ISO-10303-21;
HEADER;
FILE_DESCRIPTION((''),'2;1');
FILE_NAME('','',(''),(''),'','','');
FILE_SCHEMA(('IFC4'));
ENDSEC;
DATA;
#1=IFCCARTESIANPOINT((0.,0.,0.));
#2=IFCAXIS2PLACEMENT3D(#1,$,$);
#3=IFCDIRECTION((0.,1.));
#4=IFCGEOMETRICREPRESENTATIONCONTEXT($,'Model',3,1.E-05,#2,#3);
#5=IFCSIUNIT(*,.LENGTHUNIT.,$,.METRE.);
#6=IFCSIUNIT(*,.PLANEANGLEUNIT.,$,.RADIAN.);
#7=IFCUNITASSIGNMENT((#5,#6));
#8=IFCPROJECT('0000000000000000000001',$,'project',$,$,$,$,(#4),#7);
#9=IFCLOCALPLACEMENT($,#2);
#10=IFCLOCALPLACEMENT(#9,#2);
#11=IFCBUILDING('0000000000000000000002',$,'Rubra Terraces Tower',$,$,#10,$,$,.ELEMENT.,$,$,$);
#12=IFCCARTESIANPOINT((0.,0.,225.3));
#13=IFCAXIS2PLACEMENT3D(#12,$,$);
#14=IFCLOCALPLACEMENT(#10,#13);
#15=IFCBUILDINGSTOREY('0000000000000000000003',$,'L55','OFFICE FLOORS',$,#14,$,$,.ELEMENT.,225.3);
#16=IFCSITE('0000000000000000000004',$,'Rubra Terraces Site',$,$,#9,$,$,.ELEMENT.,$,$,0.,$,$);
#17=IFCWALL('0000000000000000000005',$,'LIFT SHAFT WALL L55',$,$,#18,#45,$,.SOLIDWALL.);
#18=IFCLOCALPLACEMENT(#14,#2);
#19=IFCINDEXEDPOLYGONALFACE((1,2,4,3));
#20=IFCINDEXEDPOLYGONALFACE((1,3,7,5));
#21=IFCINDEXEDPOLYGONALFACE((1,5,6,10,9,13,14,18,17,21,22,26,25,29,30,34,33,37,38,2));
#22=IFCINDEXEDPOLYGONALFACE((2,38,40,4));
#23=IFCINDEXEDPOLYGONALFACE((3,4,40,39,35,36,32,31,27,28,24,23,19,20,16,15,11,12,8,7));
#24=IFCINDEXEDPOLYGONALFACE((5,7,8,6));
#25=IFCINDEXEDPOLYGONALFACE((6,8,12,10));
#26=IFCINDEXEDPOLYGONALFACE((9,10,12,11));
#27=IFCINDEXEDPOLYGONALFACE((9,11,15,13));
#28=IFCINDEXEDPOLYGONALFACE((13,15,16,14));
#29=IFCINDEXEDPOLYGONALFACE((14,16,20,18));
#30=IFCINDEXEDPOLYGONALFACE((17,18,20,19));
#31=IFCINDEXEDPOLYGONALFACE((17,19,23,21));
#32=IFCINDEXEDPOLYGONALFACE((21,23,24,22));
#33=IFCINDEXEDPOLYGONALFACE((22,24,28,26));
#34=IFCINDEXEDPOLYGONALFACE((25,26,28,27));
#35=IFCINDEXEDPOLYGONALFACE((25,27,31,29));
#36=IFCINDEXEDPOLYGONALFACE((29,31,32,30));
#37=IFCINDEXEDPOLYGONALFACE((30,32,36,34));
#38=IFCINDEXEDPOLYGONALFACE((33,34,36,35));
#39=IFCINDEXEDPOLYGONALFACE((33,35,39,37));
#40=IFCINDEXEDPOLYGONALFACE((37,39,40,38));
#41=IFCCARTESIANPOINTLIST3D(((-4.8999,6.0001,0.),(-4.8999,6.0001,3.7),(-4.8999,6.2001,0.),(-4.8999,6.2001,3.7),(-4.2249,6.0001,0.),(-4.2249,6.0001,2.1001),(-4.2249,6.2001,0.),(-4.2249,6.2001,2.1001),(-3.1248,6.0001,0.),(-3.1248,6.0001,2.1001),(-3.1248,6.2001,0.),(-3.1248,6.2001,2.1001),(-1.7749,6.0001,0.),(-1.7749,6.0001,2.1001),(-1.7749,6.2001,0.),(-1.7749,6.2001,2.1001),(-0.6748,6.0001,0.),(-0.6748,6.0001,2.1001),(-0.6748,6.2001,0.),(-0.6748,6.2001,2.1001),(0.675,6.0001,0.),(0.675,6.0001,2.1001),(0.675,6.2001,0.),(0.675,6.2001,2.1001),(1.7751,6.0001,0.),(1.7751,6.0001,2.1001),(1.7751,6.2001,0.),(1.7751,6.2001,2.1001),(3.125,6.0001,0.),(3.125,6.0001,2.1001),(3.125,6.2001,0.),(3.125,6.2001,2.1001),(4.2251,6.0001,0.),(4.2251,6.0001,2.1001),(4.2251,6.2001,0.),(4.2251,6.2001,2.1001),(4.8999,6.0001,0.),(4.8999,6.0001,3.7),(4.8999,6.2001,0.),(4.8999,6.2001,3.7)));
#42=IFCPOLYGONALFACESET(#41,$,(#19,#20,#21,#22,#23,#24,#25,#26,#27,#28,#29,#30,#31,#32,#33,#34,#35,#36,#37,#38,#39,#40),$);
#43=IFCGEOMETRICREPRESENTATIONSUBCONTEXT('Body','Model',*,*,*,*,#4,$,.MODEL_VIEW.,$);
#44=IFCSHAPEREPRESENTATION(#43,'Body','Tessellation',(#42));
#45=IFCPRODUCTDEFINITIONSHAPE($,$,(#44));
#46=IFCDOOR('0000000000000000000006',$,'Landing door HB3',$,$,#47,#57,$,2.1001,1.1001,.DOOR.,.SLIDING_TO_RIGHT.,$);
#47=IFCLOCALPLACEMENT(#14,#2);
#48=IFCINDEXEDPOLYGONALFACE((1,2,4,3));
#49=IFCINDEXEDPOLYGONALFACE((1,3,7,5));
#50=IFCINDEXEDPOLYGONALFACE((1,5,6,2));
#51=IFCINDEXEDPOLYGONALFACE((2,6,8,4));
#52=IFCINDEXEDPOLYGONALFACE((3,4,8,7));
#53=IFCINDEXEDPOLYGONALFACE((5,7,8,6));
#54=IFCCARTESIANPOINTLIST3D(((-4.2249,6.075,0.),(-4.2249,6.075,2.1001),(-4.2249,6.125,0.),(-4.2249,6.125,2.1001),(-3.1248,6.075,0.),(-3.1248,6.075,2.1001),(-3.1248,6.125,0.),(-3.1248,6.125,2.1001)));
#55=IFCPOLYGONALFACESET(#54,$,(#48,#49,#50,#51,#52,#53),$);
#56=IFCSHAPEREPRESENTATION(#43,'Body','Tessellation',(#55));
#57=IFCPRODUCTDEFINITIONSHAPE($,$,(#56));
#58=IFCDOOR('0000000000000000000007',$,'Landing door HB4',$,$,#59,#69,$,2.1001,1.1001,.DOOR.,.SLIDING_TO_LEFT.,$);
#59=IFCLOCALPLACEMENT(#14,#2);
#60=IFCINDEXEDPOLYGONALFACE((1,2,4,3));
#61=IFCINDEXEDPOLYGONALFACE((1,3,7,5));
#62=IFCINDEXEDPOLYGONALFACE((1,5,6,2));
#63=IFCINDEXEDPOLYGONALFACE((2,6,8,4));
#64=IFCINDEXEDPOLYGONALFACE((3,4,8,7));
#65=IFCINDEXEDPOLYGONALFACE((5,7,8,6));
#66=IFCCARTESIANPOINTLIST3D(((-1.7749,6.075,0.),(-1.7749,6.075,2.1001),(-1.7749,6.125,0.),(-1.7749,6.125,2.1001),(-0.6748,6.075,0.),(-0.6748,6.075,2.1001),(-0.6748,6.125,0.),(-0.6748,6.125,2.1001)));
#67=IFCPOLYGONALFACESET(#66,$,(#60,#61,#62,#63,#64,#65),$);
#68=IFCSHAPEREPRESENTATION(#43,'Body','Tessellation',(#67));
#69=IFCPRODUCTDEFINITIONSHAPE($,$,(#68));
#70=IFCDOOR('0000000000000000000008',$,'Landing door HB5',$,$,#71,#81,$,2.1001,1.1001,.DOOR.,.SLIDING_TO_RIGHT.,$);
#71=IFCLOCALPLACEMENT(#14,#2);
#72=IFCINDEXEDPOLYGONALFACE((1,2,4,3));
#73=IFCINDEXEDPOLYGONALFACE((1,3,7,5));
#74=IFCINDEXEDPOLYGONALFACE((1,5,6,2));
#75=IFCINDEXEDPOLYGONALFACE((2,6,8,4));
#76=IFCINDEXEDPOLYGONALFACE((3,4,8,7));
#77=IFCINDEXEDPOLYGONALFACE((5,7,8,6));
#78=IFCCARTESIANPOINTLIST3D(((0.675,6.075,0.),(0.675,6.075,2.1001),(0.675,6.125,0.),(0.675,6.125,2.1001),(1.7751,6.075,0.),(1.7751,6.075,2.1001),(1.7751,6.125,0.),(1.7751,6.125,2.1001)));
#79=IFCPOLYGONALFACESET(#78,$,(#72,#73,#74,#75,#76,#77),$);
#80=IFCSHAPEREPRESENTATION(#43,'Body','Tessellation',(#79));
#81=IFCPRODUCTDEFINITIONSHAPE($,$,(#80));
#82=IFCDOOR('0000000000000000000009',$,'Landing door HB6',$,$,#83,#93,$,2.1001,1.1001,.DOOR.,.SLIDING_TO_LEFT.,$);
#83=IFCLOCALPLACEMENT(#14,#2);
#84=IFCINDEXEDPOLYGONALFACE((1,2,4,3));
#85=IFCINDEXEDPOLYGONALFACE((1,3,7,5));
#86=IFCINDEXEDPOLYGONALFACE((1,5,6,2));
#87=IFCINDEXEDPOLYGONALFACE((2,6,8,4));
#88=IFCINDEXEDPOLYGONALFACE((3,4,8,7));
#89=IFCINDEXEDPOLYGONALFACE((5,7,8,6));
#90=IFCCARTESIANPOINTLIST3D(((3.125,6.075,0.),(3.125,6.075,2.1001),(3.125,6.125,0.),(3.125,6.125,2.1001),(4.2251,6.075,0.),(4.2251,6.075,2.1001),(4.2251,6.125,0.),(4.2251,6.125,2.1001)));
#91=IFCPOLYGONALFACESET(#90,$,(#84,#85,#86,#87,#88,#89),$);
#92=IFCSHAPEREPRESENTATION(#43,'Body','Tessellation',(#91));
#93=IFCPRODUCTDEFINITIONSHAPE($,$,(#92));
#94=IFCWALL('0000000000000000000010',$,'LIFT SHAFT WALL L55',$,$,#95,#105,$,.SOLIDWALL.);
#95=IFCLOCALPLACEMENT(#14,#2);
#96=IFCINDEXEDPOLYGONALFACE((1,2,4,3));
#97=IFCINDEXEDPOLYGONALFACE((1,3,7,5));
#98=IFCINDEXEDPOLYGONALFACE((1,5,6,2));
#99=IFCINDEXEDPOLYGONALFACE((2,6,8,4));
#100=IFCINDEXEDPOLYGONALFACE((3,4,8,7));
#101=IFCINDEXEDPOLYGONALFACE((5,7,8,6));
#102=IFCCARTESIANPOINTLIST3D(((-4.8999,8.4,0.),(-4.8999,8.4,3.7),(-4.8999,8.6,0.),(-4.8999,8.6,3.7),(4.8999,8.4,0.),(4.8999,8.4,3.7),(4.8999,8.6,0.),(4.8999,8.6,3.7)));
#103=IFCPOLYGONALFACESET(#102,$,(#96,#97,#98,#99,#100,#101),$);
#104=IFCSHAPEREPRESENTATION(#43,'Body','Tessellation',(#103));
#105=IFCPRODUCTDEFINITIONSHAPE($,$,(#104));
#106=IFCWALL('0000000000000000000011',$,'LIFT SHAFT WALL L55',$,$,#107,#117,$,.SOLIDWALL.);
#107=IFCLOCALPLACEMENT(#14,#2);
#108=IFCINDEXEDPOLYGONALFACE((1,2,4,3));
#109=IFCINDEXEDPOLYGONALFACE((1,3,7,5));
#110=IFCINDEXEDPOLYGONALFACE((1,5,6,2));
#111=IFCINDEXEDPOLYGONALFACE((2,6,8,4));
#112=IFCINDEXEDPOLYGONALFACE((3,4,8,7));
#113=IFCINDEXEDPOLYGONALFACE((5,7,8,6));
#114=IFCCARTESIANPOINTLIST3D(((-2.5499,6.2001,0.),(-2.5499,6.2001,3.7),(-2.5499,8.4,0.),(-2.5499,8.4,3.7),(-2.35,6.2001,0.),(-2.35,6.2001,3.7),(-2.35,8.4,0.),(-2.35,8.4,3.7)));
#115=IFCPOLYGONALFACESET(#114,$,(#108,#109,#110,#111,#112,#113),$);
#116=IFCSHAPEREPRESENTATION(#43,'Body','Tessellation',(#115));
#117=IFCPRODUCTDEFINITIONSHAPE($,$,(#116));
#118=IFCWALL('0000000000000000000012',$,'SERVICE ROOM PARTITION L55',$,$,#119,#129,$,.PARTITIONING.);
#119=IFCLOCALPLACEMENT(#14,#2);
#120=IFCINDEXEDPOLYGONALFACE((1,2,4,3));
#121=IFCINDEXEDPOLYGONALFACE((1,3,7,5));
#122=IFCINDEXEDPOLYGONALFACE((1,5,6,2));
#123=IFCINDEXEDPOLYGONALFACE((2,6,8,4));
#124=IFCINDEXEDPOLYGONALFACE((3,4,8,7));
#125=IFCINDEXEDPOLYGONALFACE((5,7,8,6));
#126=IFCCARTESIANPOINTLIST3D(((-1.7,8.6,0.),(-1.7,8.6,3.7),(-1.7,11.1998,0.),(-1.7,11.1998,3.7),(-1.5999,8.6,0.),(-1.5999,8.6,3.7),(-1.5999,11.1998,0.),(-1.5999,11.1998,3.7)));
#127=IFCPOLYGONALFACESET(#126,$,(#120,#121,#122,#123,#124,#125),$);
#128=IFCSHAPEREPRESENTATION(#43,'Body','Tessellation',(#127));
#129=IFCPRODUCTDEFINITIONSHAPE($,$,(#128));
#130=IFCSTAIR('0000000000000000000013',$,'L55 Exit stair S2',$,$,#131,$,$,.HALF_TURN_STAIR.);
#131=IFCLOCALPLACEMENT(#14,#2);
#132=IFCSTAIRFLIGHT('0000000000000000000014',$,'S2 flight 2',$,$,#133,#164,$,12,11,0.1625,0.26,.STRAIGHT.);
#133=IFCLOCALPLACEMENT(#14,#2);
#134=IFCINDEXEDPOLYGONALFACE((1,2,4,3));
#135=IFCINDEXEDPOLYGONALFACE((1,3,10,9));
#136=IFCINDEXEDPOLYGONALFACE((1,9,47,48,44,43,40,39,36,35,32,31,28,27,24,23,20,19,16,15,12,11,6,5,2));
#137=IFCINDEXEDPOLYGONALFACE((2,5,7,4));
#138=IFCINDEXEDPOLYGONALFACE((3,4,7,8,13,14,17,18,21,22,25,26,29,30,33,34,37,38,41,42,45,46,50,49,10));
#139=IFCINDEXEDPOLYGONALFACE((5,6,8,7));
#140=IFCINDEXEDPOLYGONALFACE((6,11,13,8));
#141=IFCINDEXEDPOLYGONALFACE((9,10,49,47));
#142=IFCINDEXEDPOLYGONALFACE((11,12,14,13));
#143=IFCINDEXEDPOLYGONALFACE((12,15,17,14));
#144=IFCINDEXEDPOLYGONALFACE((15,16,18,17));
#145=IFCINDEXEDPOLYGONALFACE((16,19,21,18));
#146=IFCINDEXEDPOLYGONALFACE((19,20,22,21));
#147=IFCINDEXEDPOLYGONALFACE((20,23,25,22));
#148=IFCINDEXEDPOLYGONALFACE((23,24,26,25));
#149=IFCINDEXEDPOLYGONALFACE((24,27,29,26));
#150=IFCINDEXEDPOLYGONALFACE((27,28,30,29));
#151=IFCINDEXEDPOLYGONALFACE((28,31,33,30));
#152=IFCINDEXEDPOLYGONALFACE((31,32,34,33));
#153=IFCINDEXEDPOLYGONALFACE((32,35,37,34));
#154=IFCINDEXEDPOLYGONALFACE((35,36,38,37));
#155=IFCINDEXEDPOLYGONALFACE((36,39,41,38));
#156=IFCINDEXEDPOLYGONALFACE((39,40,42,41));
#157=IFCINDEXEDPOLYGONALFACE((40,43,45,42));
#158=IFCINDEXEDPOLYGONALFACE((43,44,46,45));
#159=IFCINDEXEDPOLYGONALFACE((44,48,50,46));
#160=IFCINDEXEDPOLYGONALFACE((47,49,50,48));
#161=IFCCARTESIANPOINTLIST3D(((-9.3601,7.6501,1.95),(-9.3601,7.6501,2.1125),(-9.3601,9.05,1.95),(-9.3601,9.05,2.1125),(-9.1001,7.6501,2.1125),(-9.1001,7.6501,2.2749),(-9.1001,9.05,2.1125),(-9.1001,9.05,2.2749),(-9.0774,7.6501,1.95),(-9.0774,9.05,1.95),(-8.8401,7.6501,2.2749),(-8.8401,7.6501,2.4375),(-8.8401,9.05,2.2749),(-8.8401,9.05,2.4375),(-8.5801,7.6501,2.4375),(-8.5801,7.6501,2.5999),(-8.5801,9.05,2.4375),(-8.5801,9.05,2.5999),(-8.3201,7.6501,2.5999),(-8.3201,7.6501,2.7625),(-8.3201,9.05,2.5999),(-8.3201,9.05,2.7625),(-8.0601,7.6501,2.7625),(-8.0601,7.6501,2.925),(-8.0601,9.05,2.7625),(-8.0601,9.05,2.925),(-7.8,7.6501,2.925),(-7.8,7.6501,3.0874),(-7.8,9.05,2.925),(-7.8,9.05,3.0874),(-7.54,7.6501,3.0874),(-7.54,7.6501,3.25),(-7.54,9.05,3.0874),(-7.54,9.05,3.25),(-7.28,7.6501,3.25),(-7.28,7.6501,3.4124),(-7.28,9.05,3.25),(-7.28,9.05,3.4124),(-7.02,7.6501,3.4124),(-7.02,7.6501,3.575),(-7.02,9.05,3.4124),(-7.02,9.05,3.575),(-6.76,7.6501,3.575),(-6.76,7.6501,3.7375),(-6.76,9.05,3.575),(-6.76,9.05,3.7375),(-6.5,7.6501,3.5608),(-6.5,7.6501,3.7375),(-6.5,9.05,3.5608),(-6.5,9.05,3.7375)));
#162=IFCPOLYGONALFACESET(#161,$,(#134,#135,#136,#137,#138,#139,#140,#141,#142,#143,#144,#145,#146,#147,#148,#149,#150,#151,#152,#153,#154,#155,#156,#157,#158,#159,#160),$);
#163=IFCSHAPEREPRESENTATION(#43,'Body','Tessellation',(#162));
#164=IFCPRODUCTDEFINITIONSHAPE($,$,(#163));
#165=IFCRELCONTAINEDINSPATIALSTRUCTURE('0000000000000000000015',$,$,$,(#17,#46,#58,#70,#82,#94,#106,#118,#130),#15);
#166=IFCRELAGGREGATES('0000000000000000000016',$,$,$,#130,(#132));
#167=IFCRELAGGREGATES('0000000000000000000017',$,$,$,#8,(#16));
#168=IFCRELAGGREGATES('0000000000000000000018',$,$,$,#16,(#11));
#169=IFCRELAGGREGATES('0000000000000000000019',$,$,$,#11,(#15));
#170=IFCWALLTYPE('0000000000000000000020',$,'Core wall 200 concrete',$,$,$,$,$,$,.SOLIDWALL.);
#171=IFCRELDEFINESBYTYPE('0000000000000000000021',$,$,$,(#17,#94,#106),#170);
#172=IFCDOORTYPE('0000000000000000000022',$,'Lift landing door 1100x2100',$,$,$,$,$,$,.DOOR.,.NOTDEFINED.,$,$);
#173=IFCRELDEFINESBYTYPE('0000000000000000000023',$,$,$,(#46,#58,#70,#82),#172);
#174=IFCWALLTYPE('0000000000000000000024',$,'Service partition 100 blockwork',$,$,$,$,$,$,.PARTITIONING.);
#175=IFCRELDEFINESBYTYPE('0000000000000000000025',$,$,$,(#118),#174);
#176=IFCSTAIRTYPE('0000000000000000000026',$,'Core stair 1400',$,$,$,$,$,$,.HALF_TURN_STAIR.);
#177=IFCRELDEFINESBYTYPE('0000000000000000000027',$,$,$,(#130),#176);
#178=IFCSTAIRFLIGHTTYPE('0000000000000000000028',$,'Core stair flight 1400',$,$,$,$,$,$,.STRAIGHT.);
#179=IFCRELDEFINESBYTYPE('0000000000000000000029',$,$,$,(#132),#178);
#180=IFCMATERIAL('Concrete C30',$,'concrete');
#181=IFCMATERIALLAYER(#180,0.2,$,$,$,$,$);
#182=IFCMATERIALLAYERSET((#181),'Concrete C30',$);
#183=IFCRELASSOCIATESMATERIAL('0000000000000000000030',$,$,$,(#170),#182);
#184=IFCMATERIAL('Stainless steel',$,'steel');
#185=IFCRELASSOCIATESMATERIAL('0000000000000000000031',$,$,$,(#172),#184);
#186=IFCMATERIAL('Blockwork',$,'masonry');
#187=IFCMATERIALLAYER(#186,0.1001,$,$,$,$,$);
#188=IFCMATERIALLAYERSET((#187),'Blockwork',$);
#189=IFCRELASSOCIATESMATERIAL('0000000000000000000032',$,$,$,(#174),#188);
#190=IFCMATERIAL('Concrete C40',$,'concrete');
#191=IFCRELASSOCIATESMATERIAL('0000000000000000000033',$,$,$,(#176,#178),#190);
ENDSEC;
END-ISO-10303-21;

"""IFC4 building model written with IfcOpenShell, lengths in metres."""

from ifc_helpers import new_model, si_unit, direction, frame, frame_2d, origin, place, context, subcontext, project, spatial, polyline, rectangle, outline, extrude, material, layer, layer_set, type_object, element, fill, aggregate, save


model = new_model("IFC4")

# Units and contexts
model_context = context("Model", 3, precision=1e-05, world=origin(), true_north=direction((0.0, 1.0)))
body_context = subcontext(model_context, "Body", "Model", "MODEL_VIEW")
ifc_project = project(units=[si_unit("LENGTHUNIT", "METRE"), si_unit("PLANEANGLEUNIT", "RADIAN")], contexts=[model_context])

# Site, building, storey
site_placement = place(None, origin())
site = spatial("IfcSite", under=ifc_project, at=site_placement, Name="Rubra Terraces Site", CompositionType="ELEMENT", RefElevation=0.0)
building_placement = place(site_placement, origin())
building = spatial("IfcBuilding", under=site, at=building_placement, Name="Rubra Terraces Tower", CompositionType="ELEMENT")
storey_placement = place(building_placement, frame((0.0, 0.0, 225.3)))
storey = spatial("IfcBuildingStorey", under=building, at=storey_placement, Name="L55", Description="OFFICE FLOORS", CompositionType="ELEMENT", Elevation=225.3)

# Shared definitions
ifc_material_1 = material(Name="Concrete C40", Category="concrete")
ifc_material_2 = material(Name="Concrete C30", Category="concrete")
ifc_layer_1 = layer(ifc_material_2, 0.2)
ifc_layer_set_1 = layer_set([ifc_layer_1], Name="Concrete C30")
wall_type_1 = type_object("IfcWallType", Name="Core wall 200 concrete", PredefinedType="SOLIDWALL", material=ifc_layer_set_1)

# Wall, openings, doors
ifc_material_3 = material(Name="Stainless steel", Category="steel")
door_type_1 = type_object("IfcDoorType", Name="Lift landing door 1100x2100", OperationType="NOTDEFINED", PredefinedType="DOOR", material=ifc_material_3)
wall_1_placement = place(storey_placement, frame((-4.8999, 6.1001, 0.0), z_axis=(0.0, 0.0, 1.0), x_axis=(1.0, 0.0, 0.0)))
wall_1 = element("IfcWall", 1, at=wall_1_placement, inside=storey, type_object=wall_type_1, Name="LIFT SHAFT WALL L55", PredefinedType="SOLIDWALL", context=body_context, shape_type="SweptSolid", body=[
    extrude(rectangle(XDim=9.7998, YDim=0.2, at=frame_2d((4.8999, 0.0))), origin(), (0.0, 0.0, 1.0), 3.7),
])
opening_1_placement = place(wall_1_placement, frame((0.675, 0.0, 0.0)))
opening_1 = element("IfcOpeningElement", 2, at=opening_1_placement, cuts=wall_1, PredefinedType="OPENING", context=body_context, shape_type="SweptSolid", body=[
    extrude(rectangle(XDim=1.1001, YDim=2.1001, at=frame_2d((0.55, 1.05))), frame((0.0, 0.1099, 0.0), z_axis=(0.0, -1.0, 0.0), x_axis=(1.0, 0.0, 0.0)), (0.0, 0.0, 1.0), 0.22),
])
opening_2_placement = place(wall_1_placement, frame((3.125, 0.0, 0.0)))
opening_2 = element("IfcOpeningElement", 3, at=opening_2_placement, cuts=wall_1, PredefinedType="OPENING", context=body_context, shape_type="SweptSolid", body=[
    extrude(rectangle(XDim=1.1001, YDim=2.1001, at=frame_2d((0.55, 1.05))), frame((0.0, 0.1099, 0.0), z_axis=(0.0, -1.0, 0.0), x_axis=(1.0, 0.0, 0.0)), (0.0, 0.0, 1.0), 0.22),
])
opening_3_placement = place(wall_1_placement, frame((5.575, 0.0, 0.0)))
opening_3 = element("IfcOpeningElement", 4, at=opening_3_placement, cuts=wall_1, PredefinedType="OPENING", context=body_context, shape_type="SweptSolid", body=[
    extrude(rectangle(XDim=1.1001, YDim=2.1001, at=frame_2d((0.55, 1.05))), frame((0.0, 0.1099, 0.0), z_axis=(0.0, -1.0, 0.0), x_axis=(1.0, 0.0, 0.0)), (0.0, 0.0, 1.0), 0.22),
])
opening_4_placement = place(wall_1_placement, frame((8.0249, 0.0, 0.0)))
opening_4 = element("IfcOpeningElement", 5, at=opening_4_placement, cuts=wall_1, PredefinedType="OPENING", context=body_context, shape_type="SweptSolid", body=[
    extrude(rectangle(XDim=1.1001, YDim=2.1001, at=frame_2d((0.55, 1.05))), frame((0.0, 0.1099, 0.0), z_axis=(0.0, -1.0, 0.0), x_axis=(1.0, 0.0, 0.0)), (0.0, 0.0, 1.0), 0.22),
])
door_1_placement = place(opening_1_placement, origin())
door_1 = element("IfcDoor", 6, at=door_1_placement, inside=storey, type_object=door_type_1, Name="Landing door HB3", OperationType="SLIDING_TO_RIGHT", OverallHeight=2.1001, OverallWidth=1.1001, PredefinedType="DOOR", context=body_context, shape_type="SweptSolid", body=[
    extrude(rectangle(XDim=1.1001, YDim=2.1001, at=frame_2d((0.55, 1.05))), frame((0.0, 0.0249, 0.0), z_axis=(0.0, -1.0, 0.0), x_axis=(1.0, 0.0, 0.0)), (0.0, 0.0, 1.0), 0.05),
])
fill(opening_1, door_1)
door_2_placement = place(opening_2_placement, origin())
door_2 = element("IfcDoor", 7, at=door_2_placement, inside=storey, type_object=door_type_1, Name="Landing door HB4", OperationType="SLIDING_TO_LEFT", OverallHeight=2.1001, OverallWidth=1.1001, PredefinedType="DOOR", context=body_context, shape_type="SweptSolid", body=[
    extrude(rectangle(XDim=1.1001, YDim=2.1001, at=frame_2d((0.55, 1.05))), frame((0.0, 0.0249, 0.0), z_axis=(0.0, -1.0, 0.0), x_axis=(1.0, 0.0, 0.0)), (0.0, 0.0, 1.0), 0.05),
])
fill(opening_2, door_2)
door_3_placement = place(opening_3_placement, origin())
door_3 = element("IfcDoor", 8, at=door_3_placement, inside=storey, type_object=door_type_1, Name="Landing door HB5", OperationType="SLIDING_TO_RIGHT", OverallHeight=2.1001, OverallWidth=1.1001, PredefinedType="DOOR", context=body_context, shape_type="SweptSolid", body=[
    extrude(rectangle(XDim=1.1001, YDim=2.1001, at=frame_2d((0.55, 1.05))), frame((0.0, 0.0249, 0.0), z_axis=(0.0, -1.0, 0.0), x_axis=(1.0, 0.0, 0.0)), (0.0, 0.0, 1.0), 0.05),
])
fill(opening_3, door_3)
door_4_placement = place(opening_4_placement, origin())
door_4 = element("IfcDoor", 9, at=door_4_placement, inside=storey, type_object=door_type_1, Name="Landing door HB6", OperationType="SLIDING_TO_LEFT", OverallHeight=2.1001, OverallWidth=1.1001, PredefinedType="DOOR", context=body_context, shape_type="SweptSolid", body=[
    extrude(rectangle(XDim=1.1001, YDim=2.1001, at=frame_2d((0.55, 1.05))), frame((0.0, 0.0249, 0.0), z_axis=(0.0, -1.0, 0.0), x_axis=(1.0, 0.0, 0.0)), (0.0, 0.0, 1.0), 0.05),
])
fill(opening_4, door_4)

# Walls
wall_2_placement = place(storey_placement, frame((-4.8999, 8.5, 0.0), z_axis=(0.0, 0.0, 1.0), x_axis=(1.0, 0.0, 0.0)))
element("IfcWall", 10, at=wall_2_placement, inside=storey, type_object=wall_type_1, Name="LIFT SHAFT WALL L55", PredefinedType="SOLIDWALL", context=body_context, shape_type="SweptSolid", body=[
    extrude(rectangle(XDim=9.7998, YDim=0.2, at=frame_2d((4.8999, 0.0))), origin(), (0.0, 0.0, 1.0), 3.7),
])
wall_3_placement = place(storey_placement, frame((-2.45, 6.2, 0.0), z_axis=(0.0, 0.0, 1.0), x_axis=(0.0, 1.0, 0.0)))
element("IfcWall", 11, at=wall_3_placement, inside=storey, type_object=wall_type_1, Name="LIFT SHAFT WALL L55", PredefinedType="SOLIDWALL", context=body_context, shape_type="SweptSolid", body=[
    extrude(rectangle(XDim=2.2, YDim=0.2, at=frame_2d((1.1001, 0.0))), origin(), (0.0, 0.0, 1.0), 3.7),
])
ifc_material_4 = material(Name="Blockwork", Category="masonry")
ifc_layer_2 = layer(ifc_material_4, 0.1001)
ifc_layer_set_2 = layer_set([ifc_layer_2], Name="Blockwork")
wall_type_2 = type_object("IfcWallType", Name="Service partition 100 blockwork", PredefinedType="PARTITIONING", material=ifc_layer_set_2)
wall_4_placement = place(storey_placement, frame((-1.6499, 8.6001, 0.0), z_axis=(0.0, 0.0, 1.0), x_axis=(0.0, 1.0, 0.0)))
element("IfcWall", 12, at=wall_4_placement, inside=storey, type_object=wall_type_2, Name="SERVICE ROOM PARTITION L55", PredefinedType="PARTITIONING", context=body_context, shape_type="SweptSolid", body=[
    extrude(rectangle(XDim=2.5999, YDim=0.1001, at=frame_2d((1.2998, 0.0))), origin(), (0.0, 0.0, 1.0), 3.7),
])

# Stair, stair flight
stair_type = type_object("IfcStairType", Name="Core stair 1400", PredefinedType="HALF_TURN_STAIR", material=ifc_material_1)
stair_placement = place(storey_placement, origin())
stair = element("IfcStair", 13, at=stair_placement, inside=storey, type_object=stair_type, Name="L55 Exit stair S2", PredefinedType="HALF_TURN_STAIR")
stair_flight_type = type_object("IfcStairFlightType", Name="Core stair flight 1400", PredefinedType="STRAIGHT", material=ifc_material_1)
stair_flight_placement = place(storey_placement, frame((-9.3601, 8.3501, 1.95), z_axis=(0.0, 0.0, 1.0), x_axis=(1.0, 0.0, 0.0)))
stair_flight = element("IfcStairFlight", 14, at=stair_flight_placement, type_object=stair_flight_type, Name="S2 flight 2", NumberOfRisers=12, NumberOfTreads=11, PredefinedType="STRAIGHT", RiserHeight=0.1625, TreadLength=0.26, context=body_context, shape_type="SweptSolid", body=[
    extrude(outline(polyline([(0.0, 0.0), (0.0, 0.1626), (0.26, 0.1626), (0.26, 0.325), (0.52, 0.325), (0.52, 0.4875), (0.78, 0.4875), (0.78, 0.6499), (1.04, 0.6499), (1.04, 0.8125), (1.3, 0.8125), (1.3, 0.9751), (1.5601, 0.9751), (1.5601, 1.1375), (1.8201, 1.1375), (1.8201, 1.3), (2.0801, 1.3), (2.0801, 1.4624), (2.3401, 1.4624), (2.3401, 1.625), (2.6001, 1.625), (2.6001, 1.7876), (2.8601, 1.7876), (2.8601, 1.95), (2.8601, 1.6108), (0.2827, 0.0), (0.0, 0.0)])), frame((0.0, 0.7, 0.0), z_axis=(0.0, -1.0, 0.0), x_axis=(1.0, 0.0, 0.0)), (0.0, 0.0, 1.0), 1.3999),
])
aggregate(stair, [stair_flight])

save(model, "model.ifc")
